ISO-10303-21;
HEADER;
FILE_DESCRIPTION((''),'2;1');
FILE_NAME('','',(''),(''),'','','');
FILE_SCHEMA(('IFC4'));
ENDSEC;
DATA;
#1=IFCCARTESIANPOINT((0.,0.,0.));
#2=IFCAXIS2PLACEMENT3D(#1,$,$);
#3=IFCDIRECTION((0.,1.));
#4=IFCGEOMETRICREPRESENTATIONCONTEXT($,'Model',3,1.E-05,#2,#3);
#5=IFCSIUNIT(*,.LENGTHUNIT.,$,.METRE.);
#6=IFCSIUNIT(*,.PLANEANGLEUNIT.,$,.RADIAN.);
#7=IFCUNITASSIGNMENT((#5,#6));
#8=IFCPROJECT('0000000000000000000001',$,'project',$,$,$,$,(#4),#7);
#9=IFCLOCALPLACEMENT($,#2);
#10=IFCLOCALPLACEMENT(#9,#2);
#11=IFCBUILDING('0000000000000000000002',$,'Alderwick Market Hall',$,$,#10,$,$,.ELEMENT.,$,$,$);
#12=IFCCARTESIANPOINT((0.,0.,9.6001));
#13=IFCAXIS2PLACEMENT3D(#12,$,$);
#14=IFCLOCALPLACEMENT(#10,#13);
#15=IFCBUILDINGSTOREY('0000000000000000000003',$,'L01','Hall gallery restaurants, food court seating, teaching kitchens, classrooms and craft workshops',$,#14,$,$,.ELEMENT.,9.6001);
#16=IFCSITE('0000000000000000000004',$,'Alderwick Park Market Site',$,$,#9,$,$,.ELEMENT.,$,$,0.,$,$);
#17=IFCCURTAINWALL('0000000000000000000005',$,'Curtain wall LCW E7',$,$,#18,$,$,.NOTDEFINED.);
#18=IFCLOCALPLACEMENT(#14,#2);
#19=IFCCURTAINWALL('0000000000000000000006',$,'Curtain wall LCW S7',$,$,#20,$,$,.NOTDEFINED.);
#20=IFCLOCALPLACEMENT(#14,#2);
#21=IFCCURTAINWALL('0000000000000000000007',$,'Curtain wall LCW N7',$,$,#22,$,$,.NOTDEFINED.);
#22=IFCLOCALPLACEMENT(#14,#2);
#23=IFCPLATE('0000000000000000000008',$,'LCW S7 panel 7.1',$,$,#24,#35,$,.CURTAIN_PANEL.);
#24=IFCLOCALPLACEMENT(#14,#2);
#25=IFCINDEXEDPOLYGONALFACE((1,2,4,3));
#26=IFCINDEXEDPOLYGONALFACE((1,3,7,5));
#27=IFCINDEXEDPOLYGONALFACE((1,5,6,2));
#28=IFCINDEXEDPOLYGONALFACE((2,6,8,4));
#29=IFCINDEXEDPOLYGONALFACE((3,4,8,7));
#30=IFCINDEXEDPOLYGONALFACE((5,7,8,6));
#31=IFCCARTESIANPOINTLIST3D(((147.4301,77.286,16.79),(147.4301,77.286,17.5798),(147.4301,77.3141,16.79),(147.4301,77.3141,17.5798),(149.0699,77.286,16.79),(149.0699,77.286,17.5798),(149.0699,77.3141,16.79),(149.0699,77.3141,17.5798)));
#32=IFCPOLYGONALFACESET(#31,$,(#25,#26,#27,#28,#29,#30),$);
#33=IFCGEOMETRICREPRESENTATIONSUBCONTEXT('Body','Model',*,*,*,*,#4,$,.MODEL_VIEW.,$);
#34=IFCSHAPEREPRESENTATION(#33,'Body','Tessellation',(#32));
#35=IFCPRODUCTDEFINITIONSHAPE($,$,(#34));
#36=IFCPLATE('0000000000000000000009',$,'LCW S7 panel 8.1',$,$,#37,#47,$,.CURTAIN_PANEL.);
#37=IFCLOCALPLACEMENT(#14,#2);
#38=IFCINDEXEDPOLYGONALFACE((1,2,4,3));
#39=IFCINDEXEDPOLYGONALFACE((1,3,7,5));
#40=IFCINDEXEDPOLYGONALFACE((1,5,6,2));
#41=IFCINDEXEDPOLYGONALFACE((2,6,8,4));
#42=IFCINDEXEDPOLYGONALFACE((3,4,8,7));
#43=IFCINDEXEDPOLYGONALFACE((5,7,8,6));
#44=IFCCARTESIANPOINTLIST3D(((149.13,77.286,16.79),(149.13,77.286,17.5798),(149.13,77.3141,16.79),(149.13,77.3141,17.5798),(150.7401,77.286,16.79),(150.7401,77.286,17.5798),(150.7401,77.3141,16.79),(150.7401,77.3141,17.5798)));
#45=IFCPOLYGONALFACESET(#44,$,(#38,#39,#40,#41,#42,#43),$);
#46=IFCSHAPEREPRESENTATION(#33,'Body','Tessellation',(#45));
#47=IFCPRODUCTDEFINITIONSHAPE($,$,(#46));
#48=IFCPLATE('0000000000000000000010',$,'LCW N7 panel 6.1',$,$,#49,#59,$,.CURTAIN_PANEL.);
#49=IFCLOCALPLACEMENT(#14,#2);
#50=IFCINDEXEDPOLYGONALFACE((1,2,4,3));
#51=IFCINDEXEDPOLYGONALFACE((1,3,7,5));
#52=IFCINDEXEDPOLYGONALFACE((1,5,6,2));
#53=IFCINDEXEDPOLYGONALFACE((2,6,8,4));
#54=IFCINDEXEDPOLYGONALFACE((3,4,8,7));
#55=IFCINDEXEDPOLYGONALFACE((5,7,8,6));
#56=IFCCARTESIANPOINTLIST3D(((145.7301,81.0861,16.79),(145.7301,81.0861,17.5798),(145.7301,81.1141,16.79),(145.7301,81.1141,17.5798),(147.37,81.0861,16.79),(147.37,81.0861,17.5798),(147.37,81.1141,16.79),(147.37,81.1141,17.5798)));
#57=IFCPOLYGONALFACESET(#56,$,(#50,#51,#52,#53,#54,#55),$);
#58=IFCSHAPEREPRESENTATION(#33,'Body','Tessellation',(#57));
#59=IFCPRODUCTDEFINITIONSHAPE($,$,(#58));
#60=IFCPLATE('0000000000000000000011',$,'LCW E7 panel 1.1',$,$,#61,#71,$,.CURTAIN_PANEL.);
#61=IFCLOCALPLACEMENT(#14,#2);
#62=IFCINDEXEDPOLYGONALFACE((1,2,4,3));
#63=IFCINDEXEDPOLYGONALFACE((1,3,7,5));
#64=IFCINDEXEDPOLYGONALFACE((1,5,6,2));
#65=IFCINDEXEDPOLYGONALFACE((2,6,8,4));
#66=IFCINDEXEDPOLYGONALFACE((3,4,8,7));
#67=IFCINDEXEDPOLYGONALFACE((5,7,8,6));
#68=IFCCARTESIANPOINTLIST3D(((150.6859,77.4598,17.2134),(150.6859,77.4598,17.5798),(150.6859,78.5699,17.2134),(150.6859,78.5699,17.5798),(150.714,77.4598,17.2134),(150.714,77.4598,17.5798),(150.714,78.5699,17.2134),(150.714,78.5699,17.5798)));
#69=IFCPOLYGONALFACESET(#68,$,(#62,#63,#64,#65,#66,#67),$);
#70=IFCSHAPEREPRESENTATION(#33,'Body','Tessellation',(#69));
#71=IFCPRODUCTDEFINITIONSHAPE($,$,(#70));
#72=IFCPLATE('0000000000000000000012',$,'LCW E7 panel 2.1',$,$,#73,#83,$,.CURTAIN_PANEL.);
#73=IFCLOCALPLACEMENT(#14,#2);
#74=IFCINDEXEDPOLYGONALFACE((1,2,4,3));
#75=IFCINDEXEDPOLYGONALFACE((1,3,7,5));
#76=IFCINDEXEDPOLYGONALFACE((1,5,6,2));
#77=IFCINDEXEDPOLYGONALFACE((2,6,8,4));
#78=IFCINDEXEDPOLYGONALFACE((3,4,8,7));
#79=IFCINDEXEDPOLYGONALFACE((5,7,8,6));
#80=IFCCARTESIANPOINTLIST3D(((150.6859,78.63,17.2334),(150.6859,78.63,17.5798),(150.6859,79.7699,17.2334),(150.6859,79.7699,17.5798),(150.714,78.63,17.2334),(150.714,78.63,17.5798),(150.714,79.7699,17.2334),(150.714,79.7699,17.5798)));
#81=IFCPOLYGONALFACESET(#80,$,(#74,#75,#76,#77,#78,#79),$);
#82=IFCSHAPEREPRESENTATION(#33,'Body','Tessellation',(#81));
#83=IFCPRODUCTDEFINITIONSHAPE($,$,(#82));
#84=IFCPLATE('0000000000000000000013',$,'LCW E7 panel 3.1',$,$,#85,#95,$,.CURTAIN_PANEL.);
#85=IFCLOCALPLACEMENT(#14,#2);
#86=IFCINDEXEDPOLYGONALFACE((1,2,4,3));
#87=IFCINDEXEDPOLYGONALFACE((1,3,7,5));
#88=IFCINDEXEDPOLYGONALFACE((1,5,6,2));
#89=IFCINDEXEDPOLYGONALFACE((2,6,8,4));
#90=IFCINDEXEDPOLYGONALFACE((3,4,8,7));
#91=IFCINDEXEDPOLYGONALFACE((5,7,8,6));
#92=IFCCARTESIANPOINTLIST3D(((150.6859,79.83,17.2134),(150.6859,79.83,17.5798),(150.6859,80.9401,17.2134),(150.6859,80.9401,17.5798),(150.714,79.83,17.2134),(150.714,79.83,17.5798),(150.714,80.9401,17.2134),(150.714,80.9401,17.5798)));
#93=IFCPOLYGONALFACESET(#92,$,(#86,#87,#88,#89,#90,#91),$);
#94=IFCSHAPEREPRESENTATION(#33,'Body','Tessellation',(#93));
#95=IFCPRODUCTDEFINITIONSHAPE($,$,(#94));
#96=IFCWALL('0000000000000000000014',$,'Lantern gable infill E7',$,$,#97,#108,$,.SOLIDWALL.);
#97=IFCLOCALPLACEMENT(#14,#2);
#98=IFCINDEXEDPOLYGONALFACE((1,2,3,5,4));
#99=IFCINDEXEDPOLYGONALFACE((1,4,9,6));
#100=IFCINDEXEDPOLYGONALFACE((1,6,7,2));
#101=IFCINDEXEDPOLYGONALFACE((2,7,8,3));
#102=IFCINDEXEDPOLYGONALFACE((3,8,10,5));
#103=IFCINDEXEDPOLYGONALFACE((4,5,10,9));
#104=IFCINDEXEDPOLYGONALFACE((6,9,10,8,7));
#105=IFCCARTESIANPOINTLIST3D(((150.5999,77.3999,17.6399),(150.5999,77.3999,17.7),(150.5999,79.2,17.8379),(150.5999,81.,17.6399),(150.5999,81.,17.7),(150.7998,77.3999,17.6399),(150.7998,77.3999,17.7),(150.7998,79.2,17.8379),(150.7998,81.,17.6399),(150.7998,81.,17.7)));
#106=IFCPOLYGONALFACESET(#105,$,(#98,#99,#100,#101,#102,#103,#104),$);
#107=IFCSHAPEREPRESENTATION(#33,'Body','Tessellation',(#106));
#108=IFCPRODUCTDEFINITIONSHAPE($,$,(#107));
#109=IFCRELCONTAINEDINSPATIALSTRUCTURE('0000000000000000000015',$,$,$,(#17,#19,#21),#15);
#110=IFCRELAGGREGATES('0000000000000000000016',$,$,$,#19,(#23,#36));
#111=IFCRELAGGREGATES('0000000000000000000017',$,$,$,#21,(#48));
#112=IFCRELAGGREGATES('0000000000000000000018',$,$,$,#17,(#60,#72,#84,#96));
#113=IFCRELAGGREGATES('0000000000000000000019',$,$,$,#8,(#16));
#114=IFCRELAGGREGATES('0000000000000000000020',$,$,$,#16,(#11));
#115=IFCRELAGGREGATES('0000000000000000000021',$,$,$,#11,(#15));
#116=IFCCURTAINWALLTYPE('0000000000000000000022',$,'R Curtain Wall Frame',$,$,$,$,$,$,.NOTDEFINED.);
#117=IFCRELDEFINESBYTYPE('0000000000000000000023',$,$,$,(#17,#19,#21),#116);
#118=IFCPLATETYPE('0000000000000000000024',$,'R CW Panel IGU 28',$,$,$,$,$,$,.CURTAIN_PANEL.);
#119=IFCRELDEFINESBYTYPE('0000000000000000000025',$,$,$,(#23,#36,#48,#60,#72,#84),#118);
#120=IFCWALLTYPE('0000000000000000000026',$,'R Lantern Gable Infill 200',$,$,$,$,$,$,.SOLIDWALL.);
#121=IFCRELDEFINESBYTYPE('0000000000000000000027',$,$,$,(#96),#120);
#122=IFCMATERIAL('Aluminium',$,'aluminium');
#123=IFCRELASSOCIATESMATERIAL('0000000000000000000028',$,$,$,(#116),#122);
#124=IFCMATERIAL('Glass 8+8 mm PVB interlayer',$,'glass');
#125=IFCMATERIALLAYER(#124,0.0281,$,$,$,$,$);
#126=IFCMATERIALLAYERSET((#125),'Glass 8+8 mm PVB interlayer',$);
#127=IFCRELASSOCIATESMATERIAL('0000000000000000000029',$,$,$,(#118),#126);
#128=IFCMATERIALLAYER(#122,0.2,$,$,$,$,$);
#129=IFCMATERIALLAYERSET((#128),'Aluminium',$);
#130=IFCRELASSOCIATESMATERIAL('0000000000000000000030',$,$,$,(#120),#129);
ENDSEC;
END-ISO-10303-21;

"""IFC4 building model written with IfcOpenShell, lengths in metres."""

from ifc_helpers import new_model, si_unit, direction, frame, origin, origin_2d, place, context, subcontext, project, spatial, polyline, rectangle, outline, extrude, material, layer, layer_set, type_object, element, aggregate, save


model = new_model("IFC4")

# Units and contexts
model_context = context("Model", 3, precision=1e-05, world=origin(), true_north=direction((0.0, 1.0)))
body_context = subcontext(model_context, "Body", "Model", "MODEL_VIEW")
ifc_project = project(units=[si_unit("LENGTHUNIT", "METRE"), si_unit("PLANEANGLEUNIT", "RADIAN")], contexts=[model_context])

# Site, building, storey
site_placement = place(None, origin())
site = spatial("IfcSite", under=ifc_project, at=site_placement, Name="Alderwick Park Market Site", CompositionType="ELEMENT", RefElevation=0.0)
building_placement = place(site_placement, origin())
building = spatial("IfcBuilding", under=site, at=building_placement, Name="Alderwick Market Hall", CompositionType="ELEMENT")
storey_placement = place(building_placement, frame((0.0, 0.0, 9.6001)))
storey = spatial("IfcBuildingStorey", under=building, at=storey_placement, Name="L01", Description="Hall gallery restaurants, food court seating, teaching kitchens, classrooms and craft workshops", CompositionType="ELEMENT", Elevation=9.6001)

# Curtain walls
ifc_material_1 = material(Name="Aluminium", Category="aluminium")
curtain_wall_type = type_object("IfcCurtainWallType", Name="R Curtain Wall Frame", PredefinedType="NOTDEFINED", material=ifc_material_1)
curtain_wall_1_placement = place(storey_placement, origin())
curtain_wall_1 = element("IfcCurtainWall", 1, at=curtain_wall_1_placement, inside=storey, type_object=curtain_wall_type, Name="Curtain wall LCW E7", PredefinedType="NOTDEFINED")
curtain_wall_2_placement = place(storey_placement, origin())
curtain_wall_2 = element("IfcCurtainWall", 2, at=curtain_wall_2_placement, inside=storey, type_object=curtain_wall_type, Name="Curtain wall LCW S7", PredefinedType="NOTDEFINED")

# Curtain wall
curtain_wall_3_placement = place(storey_placement, origin())
curtain_wall_3 = element("IfcCurtainWall", 3, at=curtain_wall_3_placement, inside=storey, type_object=curtain_wall_type, Name="Curtain wall LCW N7", PredefinedType="NOTDEFINED")

# Plates
ifc_material_2 = material(Name="Glass 8+8 mm PVB interlayer", Category="glass")
ifc_layer_1 = layer(ifc_material_2, 0.0281)
ifc_layer_set_1 = layer_set([ifc_layer_1], Name="Glass 8+8 mm PVB interlayer")
plate_type = type_object("IfcPlateType", Name="R CW Panel IGU 28", PredefinedType="CURTAIN_PANEL", material=ifc_layer_set_1)
plate_1_placement = place(storey_placement, frame((148.25, 77.3, 16.79), z_axis=(0.0, 0.0, 1.0), x_axis=(1.0, 0.0, 0.0)))
plate_1 = element("IfcPlate", 4, at=plate_1_placement, type_object=plate_type, Name="LCW S7 panel 7.1", PredefinedType="CURTAIN_PANEL", context=body_context, shape_type="SweptSolid", body=[
    extrude(rectangle(XDim=1.6399, YDim=0.0281, at=origin_2d()), origin(), (0.0, 0.0, 1.0), 0.7898),
])
plate_2_placement = place(storey_placement, frame((149.9351, 77.3, 16.79), z_axis=(0.0, 0.0, 1.0), x_axis=(1.0, 0.0, 0.0)))
plate_2 = element("IfcPlate", 5, at=plate_2_placement, type_object=plate_type, Name="LCW S7 panel 8.1", PredefinedType="CURTAIN_PANEL", context=body_context, shape_type="SweptSolid", body=[
    extrude(rectangle(XDim=1.6101, YDim=0.0281, at=origin_2d()), origin(), (0.0, 0.0, 1.0), 0.7898),
])
aggregate(curtain_wall_2, [plate_1, plate_2])
plate_3_placement = place(storey_placement, frame((146.55, 81.1001, 16.79), z_axis=(0.0, 0.0, 1.0), x_axis=(1.0, 0.0, 0.0)))
plate_3 = element("IfcPlate", 6, at=plate_3_placement, type_object=plate_type, Name="LCW N7 panel 6.1", PredefinedType="CURTAIN_PANEL", context=body_context, shape_type="SweptSolid", body=[
    extrude(rectangle(XDim=1.6399, YDim=0.0281, at=origin_2d()), origin(), (0.0, 0.0, 1.0), 0.7898),
])
aggregate(curtain_wall_3, [plate_3])
plate_4_placement = place(storey_placement, frame((150.7, 78.0149, 17.2134), z_axis=(0.0, 0.0, 1.0), x_axis=(1.0, 0.0, 0.0)))
plate_4 = element("IfcPlate", 7, at=plate_4_placement, type_object=plate_type, Name="LCW E7 panel 1.1", PredefinedType="CURTAIN_PANEL", context=body_context, shape_type="SweptSolid", body=[
    extrude(rectangle(XDim=0.0281, YDim=1.1101, at=origin_2d()), origin(), (0.0, 0.0, 1.0), 0.3665),
])
plate_5_placement = place(storey_placement, frame((150.7, 79.2, 17.2334), z_axis=(0.0, 0.0, 1.0), x_axis=(1.0, 0.0, 0.0)))
plate_5 = element("IfcPlate", 8, at=plate_5_placement, type_object=plate_type, Name="LCW E7 panel 2.1", PredefinedType="CURTAIN_PANEL", context=body_context, shape_type="SweptSolid", body=[
    extrude(rectangle(XDim=0.0281, YDim=1.1399, at=origin_2d()), origin(), (0.0, 0.0, 1.0), 0.3464),
])
plate_6_placement = place(storey_placement, frame((150.7, 80.385, 17.2134), z_axis=(0.0, 0.0, 1.0), x_axis=(1.0, 0.0, 0.0)))
plate_6 = element("IfcPlate", 9, at=plate_6_placement, type_object=plate_type, Name="LCW E7 panel 3.1", PredefinedType="CURTAIN_PANEL", context=body_context, shape_type="SweptSolid", body=[
    extrude(rectangle(XDim=0.0281, YDim=1.1101, at=origin_2d()), origin(), (0.0, 0.0, 1.0), 0.3665),
])

# Wall
ifc_layer_2 = layer(ifc_material_1, 0.2)
ifc_layer_set_2 = layer_set([ifc_layer_2], Name="Aluminium")
wall_type = type_object("IfcWallType", Name="R Lantern Gable Infill 200", PredefinedType="SOLIDWALL", material=ifc_layer_set_2)
wall_placement = place(storey_placement, frame((150.7, 77.3999, 17.6399), z_axis=(0.0, 0.0, 1.0), x_axis=(0.0, 1.0, 0.0)))
wall = element("IfcWall", 10, at=wall_placement, type_object=wall_type, Name="Lantern gable infill E7", PredefinedType="SOLIDWALL", context=body_context, shape_type="SweptSolid", body=[
    extrude(outline(polyline([(0.0, 0.0), (3.6001, 0.0), (3.6001, 0.0601), (1.8, 0.198), (0.0, 0.0601), (0.0, 0.0)])), frame((0.0, 0.1001, 0.0), z_axis=(0.0, -1.0, 0.0), x_axis=(1.0, 0.0, 0.0)), (0.0, 0.0, 1.0), 0.2),
])
aggregate(curtain_wall_1, [plate_4, plate_5, plate_6, wall])

save(model, "model.ifc")
